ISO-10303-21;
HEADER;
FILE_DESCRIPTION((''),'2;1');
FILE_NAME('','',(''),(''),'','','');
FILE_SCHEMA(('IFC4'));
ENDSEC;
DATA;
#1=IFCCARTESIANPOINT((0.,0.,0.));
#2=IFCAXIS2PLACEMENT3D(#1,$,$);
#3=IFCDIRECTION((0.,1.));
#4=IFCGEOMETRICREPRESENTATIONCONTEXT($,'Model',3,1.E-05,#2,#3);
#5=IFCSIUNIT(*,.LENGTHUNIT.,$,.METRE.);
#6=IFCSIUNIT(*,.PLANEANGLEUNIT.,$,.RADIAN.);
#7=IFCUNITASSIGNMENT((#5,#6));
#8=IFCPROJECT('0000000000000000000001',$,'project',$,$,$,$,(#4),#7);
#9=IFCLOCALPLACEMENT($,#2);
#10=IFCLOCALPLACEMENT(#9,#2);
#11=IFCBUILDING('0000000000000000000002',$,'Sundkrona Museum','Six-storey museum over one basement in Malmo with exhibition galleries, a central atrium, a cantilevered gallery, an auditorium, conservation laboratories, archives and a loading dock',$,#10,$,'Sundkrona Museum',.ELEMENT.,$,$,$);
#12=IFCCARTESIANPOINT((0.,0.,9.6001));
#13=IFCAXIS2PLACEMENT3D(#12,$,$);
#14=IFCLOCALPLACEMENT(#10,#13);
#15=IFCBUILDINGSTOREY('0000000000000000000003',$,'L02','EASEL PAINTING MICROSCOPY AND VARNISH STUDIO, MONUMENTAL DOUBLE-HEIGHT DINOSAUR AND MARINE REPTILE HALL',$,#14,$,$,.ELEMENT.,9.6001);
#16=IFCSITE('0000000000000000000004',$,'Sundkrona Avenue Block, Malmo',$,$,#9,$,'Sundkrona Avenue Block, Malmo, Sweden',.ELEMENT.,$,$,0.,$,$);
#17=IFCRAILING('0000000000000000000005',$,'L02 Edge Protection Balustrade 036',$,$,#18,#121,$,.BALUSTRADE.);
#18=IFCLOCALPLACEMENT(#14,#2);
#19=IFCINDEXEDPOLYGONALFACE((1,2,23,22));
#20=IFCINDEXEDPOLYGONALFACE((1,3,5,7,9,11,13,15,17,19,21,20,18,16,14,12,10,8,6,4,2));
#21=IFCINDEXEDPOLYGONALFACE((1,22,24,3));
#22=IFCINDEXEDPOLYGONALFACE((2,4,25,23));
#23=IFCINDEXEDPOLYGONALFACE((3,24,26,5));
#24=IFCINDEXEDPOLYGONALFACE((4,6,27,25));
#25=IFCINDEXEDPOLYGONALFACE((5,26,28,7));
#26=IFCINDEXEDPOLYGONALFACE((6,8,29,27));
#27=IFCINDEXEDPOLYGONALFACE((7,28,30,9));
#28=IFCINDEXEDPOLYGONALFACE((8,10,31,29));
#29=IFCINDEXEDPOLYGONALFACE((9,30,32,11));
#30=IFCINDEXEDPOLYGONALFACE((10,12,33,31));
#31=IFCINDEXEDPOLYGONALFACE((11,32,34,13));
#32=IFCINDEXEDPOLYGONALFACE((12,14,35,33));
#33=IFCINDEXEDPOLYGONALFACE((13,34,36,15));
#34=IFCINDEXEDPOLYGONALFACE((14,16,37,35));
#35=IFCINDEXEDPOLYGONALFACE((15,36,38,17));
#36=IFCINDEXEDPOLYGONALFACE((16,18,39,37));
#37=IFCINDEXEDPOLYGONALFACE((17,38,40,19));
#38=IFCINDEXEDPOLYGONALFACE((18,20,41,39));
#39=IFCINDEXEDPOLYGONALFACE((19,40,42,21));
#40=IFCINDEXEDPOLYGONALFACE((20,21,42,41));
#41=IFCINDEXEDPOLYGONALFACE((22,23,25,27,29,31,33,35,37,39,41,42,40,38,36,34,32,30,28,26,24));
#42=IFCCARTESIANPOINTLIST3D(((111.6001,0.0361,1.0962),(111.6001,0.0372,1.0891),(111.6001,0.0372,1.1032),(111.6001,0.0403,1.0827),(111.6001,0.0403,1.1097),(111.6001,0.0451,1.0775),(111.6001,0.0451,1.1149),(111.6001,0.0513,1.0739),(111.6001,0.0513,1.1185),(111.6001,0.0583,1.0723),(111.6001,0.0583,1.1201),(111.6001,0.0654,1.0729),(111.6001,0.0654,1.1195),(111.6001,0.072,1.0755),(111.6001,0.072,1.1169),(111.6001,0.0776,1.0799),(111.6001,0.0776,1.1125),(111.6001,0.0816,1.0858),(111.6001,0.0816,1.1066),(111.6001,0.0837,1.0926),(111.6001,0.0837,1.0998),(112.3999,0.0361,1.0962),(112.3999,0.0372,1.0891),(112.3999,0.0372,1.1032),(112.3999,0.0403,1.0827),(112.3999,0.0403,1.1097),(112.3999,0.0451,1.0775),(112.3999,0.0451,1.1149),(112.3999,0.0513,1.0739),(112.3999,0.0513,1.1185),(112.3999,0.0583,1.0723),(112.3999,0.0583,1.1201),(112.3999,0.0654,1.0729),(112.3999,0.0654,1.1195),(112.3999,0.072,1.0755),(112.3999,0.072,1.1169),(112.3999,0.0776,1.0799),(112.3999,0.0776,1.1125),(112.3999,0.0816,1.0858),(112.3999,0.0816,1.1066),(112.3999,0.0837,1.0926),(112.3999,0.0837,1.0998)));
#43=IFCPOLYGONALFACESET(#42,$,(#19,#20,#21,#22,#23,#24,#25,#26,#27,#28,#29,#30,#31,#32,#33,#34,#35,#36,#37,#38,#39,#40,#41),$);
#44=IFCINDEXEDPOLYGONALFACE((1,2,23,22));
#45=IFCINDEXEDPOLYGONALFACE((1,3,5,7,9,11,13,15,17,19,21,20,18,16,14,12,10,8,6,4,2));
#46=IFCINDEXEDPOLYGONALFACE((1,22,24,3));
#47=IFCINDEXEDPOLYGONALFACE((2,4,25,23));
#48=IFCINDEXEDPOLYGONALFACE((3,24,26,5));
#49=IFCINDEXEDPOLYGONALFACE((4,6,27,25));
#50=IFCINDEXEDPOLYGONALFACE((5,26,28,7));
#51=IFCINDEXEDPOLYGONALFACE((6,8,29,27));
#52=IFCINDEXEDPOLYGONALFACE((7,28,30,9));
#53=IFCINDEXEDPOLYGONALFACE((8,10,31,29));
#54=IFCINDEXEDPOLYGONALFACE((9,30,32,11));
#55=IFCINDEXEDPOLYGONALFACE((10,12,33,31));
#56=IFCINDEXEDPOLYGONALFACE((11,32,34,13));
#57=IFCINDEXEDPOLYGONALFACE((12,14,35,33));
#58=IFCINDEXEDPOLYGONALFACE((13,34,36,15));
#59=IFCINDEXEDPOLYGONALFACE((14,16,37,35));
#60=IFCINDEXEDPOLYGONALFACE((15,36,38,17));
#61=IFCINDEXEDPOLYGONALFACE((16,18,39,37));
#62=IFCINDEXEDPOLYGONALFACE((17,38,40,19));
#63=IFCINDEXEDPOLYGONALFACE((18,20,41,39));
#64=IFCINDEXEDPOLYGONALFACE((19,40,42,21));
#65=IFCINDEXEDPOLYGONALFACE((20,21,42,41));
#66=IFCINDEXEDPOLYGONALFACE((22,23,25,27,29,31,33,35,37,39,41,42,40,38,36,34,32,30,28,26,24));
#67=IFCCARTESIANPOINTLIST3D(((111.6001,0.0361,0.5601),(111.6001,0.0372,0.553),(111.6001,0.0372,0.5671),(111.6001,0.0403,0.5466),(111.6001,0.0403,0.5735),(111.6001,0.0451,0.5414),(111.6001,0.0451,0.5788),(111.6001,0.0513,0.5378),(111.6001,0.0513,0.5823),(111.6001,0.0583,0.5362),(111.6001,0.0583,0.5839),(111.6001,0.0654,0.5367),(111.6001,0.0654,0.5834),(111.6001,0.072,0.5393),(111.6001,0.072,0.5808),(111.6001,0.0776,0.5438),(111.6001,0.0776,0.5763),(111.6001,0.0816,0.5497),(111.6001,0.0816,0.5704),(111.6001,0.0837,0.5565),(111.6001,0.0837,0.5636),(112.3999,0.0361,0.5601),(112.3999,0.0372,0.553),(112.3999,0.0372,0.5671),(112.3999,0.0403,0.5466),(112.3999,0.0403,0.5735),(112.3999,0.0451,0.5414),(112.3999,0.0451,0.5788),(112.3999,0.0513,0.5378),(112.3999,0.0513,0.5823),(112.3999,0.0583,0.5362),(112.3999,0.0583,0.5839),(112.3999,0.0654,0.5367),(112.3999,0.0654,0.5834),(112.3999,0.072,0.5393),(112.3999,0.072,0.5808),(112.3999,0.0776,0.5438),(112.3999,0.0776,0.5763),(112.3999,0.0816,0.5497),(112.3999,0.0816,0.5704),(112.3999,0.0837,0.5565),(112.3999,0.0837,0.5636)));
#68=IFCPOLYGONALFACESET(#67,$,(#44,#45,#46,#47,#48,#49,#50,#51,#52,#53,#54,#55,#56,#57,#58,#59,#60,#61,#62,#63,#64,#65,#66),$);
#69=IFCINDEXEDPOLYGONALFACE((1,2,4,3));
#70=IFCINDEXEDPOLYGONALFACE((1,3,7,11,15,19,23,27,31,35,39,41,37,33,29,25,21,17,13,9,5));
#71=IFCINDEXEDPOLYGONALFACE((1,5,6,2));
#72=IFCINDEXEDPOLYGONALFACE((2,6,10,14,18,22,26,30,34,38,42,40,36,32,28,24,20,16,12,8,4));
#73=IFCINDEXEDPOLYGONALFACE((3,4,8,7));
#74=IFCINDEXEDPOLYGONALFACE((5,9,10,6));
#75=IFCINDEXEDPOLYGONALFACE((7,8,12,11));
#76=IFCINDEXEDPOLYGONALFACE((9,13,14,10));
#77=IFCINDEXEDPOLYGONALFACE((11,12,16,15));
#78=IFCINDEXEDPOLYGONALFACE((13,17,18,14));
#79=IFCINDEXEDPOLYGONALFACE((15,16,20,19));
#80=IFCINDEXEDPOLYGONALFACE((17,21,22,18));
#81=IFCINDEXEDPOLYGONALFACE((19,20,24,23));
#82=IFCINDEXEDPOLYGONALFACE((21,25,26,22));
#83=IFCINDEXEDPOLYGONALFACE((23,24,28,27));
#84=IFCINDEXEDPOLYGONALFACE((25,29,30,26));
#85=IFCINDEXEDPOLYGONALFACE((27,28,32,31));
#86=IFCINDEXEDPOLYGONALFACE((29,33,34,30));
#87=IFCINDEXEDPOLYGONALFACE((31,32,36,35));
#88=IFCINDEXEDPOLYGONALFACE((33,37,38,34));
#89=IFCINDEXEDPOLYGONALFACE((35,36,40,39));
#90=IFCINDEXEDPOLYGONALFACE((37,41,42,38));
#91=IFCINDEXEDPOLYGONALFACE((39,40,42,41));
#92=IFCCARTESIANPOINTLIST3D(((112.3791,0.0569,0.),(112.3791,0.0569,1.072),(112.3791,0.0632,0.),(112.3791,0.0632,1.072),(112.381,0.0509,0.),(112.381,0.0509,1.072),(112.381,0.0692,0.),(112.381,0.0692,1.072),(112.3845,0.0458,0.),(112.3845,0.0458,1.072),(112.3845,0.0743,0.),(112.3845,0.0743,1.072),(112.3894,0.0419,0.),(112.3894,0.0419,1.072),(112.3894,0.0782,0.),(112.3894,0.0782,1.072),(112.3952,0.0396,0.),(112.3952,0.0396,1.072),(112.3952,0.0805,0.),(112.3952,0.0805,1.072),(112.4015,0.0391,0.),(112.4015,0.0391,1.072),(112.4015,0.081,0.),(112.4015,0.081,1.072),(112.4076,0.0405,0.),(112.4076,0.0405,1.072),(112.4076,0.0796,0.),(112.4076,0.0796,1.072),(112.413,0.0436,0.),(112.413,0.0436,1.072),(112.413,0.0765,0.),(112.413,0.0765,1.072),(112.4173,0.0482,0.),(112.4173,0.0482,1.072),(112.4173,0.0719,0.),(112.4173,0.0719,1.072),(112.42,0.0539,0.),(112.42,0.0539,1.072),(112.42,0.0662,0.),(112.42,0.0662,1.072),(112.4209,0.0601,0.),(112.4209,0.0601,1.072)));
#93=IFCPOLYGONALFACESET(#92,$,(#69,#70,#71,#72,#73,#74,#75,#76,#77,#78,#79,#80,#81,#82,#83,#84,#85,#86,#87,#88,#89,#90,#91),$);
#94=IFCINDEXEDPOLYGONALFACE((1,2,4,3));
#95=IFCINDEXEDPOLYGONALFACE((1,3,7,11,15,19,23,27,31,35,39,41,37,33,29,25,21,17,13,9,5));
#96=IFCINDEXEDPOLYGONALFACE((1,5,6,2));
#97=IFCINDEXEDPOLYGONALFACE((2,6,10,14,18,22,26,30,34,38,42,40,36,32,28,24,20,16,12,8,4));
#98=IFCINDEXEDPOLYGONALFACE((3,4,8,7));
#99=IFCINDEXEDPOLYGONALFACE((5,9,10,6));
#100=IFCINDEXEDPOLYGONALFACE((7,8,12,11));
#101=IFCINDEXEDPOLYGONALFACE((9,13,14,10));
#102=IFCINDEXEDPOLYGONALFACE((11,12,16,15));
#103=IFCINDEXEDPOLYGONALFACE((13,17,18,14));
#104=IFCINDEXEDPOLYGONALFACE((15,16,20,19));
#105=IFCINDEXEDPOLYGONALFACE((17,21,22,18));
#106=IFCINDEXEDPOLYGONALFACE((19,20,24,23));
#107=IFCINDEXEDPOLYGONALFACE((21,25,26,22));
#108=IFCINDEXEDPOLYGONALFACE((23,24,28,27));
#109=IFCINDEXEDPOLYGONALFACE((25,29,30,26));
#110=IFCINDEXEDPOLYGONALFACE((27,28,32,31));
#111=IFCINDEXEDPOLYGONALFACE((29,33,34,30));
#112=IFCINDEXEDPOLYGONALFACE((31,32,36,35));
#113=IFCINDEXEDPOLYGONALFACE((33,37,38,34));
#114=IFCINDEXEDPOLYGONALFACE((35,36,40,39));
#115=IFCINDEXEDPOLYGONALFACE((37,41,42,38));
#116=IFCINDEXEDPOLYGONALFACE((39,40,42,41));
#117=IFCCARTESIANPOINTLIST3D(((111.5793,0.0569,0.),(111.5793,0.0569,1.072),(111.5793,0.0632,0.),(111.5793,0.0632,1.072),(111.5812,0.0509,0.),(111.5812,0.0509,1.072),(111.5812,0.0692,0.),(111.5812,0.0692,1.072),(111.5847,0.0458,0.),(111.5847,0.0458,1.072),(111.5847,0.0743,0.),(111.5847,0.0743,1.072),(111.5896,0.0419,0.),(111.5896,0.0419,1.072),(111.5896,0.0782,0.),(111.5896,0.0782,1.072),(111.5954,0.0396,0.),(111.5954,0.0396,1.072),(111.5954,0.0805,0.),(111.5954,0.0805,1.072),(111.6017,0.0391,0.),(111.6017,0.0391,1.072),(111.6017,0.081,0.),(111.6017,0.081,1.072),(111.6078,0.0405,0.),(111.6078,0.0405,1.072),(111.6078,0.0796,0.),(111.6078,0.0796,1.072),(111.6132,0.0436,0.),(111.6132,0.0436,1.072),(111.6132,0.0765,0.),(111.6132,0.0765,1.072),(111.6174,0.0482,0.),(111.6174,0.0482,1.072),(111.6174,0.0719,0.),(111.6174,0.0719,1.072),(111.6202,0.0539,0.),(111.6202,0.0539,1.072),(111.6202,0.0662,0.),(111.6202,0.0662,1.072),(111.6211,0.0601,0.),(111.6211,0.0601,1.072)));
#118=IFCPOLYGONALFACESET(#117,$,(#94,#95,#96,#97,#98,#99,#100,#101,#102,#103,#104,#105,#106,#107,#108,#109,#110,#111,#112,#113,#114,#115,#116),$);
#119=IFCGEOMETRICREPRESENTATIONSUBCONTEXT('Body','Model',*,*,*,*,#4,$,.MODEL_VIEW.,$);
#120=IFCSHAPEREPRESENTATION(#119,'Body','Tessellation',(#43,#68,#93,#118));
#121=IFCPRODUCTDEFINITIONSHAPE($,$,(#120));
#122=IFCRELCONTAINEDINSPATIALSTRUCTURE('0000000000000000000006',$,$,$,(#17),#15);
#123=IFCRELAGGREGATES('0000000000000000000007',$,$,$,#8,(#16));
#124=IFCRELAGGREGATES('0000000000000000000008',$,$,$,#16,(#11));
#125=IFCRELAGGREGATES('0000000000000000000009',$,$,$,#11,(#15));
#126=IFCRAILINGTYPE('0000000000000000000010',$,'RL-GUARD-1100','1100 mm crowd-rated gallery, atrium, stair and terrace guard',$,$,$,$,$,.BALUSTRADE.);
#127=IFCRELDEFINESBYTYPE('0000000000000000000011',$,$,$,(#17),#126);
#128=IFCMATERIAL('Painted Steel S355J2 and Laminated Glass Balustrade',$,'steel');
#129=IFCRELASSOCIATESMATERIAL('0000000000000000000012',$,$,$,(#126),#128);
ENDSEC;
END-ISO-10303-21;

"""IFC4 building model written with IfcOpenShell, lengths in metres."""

from ifc_helpers import new_model, si_unit, direction, frame, origin, origin_2d, place, context, subcontext, project, spatial, circle, extrude, material, type_object, element, save


model = new_model("IFC4")

# Units and contexts
model_context = context("Model", 3, precision=1e-05, world=origin(), true_north=direction((0.0, 1.0)))
body_context = subcontext(model_context, "Body", "Model", "MODEL_VIEW")
ifc_project = project(units=[si_unit("LENGTHUNIT", "METRE"), si_unit("PLANEANGLEUNIT", "RADIAN")], contexts=[model_context])

# Site, building, storey
site_placement = place(None, origin())
site = spatial("IfcSite", under=ifc_project, at=site_placement, Name="Sundkrona Avenue Block, Malmo", LongName="Sundkrona Avenue Block, Malmo, Sweden", CompositionType="ELEMENT", RefElevation=0.0)
building_placement = place(site_placement, origin())
building = spatial("IfcBuilding", under=site, at=building_placement, Name="Sundkrona Museum", Description="Six-storey museum over one basement in Malmo with exhibition galleries, a central atrium, a cantilevered gallery, an auditorium, conservation laboratories, archives and a loading dock", LongName="Sundkrona Museum", CompositionType="ELEMENT")
storey_placement = place(building_placement, frame((0.0, 0.0, 9.6001)))
storey = spatial("IfcBuildingStorey", under=building, at=storey_placement, Name="L02", Description="EASEL PAINTING MICROSCOPY AND VARNISH STUDIO, MONUMENTAL DOUBLE-HEIGHT DINOSAUR AND MARINE REPTILE HALL", CompositionType="ELEMENT", Elevation=9.6001)

# Railing
ifc_material_1 = material(Name="Painted Steel S355J2 and Laminated Glass Balustrade", Category="steel")
railing_type = type_object("IfcRailingType", Name="RL-GUARD-1100", Description="1100 mm crowd-rated gallery, atrium, stair and terrace guard", PredefinedType="BALUSTRADE", material=ifc_material_1)
railing_placement = place(storey_placement, frame((112.3999, 0.0601, 0.0)))
element("IfcRailing", 1, at=railing_placement, inside=storey, type_object=railing_type, Name="L02 Edge Protection Balustrade 036", PredefinedType="BALUSTRADE", context=body_context, shape_type="SweptSolid", body=[
    extrude(circle(Radius=0.0239, at=origin_2d()), frame((0.0, 0.0, 1.0962), z_axis=(-1.0, 0.0, 0.0), x_axis=(0.0, -1.0, 0.0)), (0.0, 0.0, 1.0), 0.7998),
    extrude(circle(Radius=0.0239, at=origin_2d()), frame((0.0, 0.0, 0.5601), z_axis=(-1.0, 0.0, 0.0), x_axis=(0.0, -1.0, 0.0)), (0.0, 0.0, 1.0), 0.7998),
    extrude(circle(Radius=0.021, at=origin_2d()), origin(), (0.0, 0.0, 1.0), 1.072),
    extrude(circle(Radius=0.021, at=origin_2d()), frame((-0.7998, 0.0, 0.0)), (0.0, 0.0, 1.0), 1.072),
])

save(model, "model.ifc")
